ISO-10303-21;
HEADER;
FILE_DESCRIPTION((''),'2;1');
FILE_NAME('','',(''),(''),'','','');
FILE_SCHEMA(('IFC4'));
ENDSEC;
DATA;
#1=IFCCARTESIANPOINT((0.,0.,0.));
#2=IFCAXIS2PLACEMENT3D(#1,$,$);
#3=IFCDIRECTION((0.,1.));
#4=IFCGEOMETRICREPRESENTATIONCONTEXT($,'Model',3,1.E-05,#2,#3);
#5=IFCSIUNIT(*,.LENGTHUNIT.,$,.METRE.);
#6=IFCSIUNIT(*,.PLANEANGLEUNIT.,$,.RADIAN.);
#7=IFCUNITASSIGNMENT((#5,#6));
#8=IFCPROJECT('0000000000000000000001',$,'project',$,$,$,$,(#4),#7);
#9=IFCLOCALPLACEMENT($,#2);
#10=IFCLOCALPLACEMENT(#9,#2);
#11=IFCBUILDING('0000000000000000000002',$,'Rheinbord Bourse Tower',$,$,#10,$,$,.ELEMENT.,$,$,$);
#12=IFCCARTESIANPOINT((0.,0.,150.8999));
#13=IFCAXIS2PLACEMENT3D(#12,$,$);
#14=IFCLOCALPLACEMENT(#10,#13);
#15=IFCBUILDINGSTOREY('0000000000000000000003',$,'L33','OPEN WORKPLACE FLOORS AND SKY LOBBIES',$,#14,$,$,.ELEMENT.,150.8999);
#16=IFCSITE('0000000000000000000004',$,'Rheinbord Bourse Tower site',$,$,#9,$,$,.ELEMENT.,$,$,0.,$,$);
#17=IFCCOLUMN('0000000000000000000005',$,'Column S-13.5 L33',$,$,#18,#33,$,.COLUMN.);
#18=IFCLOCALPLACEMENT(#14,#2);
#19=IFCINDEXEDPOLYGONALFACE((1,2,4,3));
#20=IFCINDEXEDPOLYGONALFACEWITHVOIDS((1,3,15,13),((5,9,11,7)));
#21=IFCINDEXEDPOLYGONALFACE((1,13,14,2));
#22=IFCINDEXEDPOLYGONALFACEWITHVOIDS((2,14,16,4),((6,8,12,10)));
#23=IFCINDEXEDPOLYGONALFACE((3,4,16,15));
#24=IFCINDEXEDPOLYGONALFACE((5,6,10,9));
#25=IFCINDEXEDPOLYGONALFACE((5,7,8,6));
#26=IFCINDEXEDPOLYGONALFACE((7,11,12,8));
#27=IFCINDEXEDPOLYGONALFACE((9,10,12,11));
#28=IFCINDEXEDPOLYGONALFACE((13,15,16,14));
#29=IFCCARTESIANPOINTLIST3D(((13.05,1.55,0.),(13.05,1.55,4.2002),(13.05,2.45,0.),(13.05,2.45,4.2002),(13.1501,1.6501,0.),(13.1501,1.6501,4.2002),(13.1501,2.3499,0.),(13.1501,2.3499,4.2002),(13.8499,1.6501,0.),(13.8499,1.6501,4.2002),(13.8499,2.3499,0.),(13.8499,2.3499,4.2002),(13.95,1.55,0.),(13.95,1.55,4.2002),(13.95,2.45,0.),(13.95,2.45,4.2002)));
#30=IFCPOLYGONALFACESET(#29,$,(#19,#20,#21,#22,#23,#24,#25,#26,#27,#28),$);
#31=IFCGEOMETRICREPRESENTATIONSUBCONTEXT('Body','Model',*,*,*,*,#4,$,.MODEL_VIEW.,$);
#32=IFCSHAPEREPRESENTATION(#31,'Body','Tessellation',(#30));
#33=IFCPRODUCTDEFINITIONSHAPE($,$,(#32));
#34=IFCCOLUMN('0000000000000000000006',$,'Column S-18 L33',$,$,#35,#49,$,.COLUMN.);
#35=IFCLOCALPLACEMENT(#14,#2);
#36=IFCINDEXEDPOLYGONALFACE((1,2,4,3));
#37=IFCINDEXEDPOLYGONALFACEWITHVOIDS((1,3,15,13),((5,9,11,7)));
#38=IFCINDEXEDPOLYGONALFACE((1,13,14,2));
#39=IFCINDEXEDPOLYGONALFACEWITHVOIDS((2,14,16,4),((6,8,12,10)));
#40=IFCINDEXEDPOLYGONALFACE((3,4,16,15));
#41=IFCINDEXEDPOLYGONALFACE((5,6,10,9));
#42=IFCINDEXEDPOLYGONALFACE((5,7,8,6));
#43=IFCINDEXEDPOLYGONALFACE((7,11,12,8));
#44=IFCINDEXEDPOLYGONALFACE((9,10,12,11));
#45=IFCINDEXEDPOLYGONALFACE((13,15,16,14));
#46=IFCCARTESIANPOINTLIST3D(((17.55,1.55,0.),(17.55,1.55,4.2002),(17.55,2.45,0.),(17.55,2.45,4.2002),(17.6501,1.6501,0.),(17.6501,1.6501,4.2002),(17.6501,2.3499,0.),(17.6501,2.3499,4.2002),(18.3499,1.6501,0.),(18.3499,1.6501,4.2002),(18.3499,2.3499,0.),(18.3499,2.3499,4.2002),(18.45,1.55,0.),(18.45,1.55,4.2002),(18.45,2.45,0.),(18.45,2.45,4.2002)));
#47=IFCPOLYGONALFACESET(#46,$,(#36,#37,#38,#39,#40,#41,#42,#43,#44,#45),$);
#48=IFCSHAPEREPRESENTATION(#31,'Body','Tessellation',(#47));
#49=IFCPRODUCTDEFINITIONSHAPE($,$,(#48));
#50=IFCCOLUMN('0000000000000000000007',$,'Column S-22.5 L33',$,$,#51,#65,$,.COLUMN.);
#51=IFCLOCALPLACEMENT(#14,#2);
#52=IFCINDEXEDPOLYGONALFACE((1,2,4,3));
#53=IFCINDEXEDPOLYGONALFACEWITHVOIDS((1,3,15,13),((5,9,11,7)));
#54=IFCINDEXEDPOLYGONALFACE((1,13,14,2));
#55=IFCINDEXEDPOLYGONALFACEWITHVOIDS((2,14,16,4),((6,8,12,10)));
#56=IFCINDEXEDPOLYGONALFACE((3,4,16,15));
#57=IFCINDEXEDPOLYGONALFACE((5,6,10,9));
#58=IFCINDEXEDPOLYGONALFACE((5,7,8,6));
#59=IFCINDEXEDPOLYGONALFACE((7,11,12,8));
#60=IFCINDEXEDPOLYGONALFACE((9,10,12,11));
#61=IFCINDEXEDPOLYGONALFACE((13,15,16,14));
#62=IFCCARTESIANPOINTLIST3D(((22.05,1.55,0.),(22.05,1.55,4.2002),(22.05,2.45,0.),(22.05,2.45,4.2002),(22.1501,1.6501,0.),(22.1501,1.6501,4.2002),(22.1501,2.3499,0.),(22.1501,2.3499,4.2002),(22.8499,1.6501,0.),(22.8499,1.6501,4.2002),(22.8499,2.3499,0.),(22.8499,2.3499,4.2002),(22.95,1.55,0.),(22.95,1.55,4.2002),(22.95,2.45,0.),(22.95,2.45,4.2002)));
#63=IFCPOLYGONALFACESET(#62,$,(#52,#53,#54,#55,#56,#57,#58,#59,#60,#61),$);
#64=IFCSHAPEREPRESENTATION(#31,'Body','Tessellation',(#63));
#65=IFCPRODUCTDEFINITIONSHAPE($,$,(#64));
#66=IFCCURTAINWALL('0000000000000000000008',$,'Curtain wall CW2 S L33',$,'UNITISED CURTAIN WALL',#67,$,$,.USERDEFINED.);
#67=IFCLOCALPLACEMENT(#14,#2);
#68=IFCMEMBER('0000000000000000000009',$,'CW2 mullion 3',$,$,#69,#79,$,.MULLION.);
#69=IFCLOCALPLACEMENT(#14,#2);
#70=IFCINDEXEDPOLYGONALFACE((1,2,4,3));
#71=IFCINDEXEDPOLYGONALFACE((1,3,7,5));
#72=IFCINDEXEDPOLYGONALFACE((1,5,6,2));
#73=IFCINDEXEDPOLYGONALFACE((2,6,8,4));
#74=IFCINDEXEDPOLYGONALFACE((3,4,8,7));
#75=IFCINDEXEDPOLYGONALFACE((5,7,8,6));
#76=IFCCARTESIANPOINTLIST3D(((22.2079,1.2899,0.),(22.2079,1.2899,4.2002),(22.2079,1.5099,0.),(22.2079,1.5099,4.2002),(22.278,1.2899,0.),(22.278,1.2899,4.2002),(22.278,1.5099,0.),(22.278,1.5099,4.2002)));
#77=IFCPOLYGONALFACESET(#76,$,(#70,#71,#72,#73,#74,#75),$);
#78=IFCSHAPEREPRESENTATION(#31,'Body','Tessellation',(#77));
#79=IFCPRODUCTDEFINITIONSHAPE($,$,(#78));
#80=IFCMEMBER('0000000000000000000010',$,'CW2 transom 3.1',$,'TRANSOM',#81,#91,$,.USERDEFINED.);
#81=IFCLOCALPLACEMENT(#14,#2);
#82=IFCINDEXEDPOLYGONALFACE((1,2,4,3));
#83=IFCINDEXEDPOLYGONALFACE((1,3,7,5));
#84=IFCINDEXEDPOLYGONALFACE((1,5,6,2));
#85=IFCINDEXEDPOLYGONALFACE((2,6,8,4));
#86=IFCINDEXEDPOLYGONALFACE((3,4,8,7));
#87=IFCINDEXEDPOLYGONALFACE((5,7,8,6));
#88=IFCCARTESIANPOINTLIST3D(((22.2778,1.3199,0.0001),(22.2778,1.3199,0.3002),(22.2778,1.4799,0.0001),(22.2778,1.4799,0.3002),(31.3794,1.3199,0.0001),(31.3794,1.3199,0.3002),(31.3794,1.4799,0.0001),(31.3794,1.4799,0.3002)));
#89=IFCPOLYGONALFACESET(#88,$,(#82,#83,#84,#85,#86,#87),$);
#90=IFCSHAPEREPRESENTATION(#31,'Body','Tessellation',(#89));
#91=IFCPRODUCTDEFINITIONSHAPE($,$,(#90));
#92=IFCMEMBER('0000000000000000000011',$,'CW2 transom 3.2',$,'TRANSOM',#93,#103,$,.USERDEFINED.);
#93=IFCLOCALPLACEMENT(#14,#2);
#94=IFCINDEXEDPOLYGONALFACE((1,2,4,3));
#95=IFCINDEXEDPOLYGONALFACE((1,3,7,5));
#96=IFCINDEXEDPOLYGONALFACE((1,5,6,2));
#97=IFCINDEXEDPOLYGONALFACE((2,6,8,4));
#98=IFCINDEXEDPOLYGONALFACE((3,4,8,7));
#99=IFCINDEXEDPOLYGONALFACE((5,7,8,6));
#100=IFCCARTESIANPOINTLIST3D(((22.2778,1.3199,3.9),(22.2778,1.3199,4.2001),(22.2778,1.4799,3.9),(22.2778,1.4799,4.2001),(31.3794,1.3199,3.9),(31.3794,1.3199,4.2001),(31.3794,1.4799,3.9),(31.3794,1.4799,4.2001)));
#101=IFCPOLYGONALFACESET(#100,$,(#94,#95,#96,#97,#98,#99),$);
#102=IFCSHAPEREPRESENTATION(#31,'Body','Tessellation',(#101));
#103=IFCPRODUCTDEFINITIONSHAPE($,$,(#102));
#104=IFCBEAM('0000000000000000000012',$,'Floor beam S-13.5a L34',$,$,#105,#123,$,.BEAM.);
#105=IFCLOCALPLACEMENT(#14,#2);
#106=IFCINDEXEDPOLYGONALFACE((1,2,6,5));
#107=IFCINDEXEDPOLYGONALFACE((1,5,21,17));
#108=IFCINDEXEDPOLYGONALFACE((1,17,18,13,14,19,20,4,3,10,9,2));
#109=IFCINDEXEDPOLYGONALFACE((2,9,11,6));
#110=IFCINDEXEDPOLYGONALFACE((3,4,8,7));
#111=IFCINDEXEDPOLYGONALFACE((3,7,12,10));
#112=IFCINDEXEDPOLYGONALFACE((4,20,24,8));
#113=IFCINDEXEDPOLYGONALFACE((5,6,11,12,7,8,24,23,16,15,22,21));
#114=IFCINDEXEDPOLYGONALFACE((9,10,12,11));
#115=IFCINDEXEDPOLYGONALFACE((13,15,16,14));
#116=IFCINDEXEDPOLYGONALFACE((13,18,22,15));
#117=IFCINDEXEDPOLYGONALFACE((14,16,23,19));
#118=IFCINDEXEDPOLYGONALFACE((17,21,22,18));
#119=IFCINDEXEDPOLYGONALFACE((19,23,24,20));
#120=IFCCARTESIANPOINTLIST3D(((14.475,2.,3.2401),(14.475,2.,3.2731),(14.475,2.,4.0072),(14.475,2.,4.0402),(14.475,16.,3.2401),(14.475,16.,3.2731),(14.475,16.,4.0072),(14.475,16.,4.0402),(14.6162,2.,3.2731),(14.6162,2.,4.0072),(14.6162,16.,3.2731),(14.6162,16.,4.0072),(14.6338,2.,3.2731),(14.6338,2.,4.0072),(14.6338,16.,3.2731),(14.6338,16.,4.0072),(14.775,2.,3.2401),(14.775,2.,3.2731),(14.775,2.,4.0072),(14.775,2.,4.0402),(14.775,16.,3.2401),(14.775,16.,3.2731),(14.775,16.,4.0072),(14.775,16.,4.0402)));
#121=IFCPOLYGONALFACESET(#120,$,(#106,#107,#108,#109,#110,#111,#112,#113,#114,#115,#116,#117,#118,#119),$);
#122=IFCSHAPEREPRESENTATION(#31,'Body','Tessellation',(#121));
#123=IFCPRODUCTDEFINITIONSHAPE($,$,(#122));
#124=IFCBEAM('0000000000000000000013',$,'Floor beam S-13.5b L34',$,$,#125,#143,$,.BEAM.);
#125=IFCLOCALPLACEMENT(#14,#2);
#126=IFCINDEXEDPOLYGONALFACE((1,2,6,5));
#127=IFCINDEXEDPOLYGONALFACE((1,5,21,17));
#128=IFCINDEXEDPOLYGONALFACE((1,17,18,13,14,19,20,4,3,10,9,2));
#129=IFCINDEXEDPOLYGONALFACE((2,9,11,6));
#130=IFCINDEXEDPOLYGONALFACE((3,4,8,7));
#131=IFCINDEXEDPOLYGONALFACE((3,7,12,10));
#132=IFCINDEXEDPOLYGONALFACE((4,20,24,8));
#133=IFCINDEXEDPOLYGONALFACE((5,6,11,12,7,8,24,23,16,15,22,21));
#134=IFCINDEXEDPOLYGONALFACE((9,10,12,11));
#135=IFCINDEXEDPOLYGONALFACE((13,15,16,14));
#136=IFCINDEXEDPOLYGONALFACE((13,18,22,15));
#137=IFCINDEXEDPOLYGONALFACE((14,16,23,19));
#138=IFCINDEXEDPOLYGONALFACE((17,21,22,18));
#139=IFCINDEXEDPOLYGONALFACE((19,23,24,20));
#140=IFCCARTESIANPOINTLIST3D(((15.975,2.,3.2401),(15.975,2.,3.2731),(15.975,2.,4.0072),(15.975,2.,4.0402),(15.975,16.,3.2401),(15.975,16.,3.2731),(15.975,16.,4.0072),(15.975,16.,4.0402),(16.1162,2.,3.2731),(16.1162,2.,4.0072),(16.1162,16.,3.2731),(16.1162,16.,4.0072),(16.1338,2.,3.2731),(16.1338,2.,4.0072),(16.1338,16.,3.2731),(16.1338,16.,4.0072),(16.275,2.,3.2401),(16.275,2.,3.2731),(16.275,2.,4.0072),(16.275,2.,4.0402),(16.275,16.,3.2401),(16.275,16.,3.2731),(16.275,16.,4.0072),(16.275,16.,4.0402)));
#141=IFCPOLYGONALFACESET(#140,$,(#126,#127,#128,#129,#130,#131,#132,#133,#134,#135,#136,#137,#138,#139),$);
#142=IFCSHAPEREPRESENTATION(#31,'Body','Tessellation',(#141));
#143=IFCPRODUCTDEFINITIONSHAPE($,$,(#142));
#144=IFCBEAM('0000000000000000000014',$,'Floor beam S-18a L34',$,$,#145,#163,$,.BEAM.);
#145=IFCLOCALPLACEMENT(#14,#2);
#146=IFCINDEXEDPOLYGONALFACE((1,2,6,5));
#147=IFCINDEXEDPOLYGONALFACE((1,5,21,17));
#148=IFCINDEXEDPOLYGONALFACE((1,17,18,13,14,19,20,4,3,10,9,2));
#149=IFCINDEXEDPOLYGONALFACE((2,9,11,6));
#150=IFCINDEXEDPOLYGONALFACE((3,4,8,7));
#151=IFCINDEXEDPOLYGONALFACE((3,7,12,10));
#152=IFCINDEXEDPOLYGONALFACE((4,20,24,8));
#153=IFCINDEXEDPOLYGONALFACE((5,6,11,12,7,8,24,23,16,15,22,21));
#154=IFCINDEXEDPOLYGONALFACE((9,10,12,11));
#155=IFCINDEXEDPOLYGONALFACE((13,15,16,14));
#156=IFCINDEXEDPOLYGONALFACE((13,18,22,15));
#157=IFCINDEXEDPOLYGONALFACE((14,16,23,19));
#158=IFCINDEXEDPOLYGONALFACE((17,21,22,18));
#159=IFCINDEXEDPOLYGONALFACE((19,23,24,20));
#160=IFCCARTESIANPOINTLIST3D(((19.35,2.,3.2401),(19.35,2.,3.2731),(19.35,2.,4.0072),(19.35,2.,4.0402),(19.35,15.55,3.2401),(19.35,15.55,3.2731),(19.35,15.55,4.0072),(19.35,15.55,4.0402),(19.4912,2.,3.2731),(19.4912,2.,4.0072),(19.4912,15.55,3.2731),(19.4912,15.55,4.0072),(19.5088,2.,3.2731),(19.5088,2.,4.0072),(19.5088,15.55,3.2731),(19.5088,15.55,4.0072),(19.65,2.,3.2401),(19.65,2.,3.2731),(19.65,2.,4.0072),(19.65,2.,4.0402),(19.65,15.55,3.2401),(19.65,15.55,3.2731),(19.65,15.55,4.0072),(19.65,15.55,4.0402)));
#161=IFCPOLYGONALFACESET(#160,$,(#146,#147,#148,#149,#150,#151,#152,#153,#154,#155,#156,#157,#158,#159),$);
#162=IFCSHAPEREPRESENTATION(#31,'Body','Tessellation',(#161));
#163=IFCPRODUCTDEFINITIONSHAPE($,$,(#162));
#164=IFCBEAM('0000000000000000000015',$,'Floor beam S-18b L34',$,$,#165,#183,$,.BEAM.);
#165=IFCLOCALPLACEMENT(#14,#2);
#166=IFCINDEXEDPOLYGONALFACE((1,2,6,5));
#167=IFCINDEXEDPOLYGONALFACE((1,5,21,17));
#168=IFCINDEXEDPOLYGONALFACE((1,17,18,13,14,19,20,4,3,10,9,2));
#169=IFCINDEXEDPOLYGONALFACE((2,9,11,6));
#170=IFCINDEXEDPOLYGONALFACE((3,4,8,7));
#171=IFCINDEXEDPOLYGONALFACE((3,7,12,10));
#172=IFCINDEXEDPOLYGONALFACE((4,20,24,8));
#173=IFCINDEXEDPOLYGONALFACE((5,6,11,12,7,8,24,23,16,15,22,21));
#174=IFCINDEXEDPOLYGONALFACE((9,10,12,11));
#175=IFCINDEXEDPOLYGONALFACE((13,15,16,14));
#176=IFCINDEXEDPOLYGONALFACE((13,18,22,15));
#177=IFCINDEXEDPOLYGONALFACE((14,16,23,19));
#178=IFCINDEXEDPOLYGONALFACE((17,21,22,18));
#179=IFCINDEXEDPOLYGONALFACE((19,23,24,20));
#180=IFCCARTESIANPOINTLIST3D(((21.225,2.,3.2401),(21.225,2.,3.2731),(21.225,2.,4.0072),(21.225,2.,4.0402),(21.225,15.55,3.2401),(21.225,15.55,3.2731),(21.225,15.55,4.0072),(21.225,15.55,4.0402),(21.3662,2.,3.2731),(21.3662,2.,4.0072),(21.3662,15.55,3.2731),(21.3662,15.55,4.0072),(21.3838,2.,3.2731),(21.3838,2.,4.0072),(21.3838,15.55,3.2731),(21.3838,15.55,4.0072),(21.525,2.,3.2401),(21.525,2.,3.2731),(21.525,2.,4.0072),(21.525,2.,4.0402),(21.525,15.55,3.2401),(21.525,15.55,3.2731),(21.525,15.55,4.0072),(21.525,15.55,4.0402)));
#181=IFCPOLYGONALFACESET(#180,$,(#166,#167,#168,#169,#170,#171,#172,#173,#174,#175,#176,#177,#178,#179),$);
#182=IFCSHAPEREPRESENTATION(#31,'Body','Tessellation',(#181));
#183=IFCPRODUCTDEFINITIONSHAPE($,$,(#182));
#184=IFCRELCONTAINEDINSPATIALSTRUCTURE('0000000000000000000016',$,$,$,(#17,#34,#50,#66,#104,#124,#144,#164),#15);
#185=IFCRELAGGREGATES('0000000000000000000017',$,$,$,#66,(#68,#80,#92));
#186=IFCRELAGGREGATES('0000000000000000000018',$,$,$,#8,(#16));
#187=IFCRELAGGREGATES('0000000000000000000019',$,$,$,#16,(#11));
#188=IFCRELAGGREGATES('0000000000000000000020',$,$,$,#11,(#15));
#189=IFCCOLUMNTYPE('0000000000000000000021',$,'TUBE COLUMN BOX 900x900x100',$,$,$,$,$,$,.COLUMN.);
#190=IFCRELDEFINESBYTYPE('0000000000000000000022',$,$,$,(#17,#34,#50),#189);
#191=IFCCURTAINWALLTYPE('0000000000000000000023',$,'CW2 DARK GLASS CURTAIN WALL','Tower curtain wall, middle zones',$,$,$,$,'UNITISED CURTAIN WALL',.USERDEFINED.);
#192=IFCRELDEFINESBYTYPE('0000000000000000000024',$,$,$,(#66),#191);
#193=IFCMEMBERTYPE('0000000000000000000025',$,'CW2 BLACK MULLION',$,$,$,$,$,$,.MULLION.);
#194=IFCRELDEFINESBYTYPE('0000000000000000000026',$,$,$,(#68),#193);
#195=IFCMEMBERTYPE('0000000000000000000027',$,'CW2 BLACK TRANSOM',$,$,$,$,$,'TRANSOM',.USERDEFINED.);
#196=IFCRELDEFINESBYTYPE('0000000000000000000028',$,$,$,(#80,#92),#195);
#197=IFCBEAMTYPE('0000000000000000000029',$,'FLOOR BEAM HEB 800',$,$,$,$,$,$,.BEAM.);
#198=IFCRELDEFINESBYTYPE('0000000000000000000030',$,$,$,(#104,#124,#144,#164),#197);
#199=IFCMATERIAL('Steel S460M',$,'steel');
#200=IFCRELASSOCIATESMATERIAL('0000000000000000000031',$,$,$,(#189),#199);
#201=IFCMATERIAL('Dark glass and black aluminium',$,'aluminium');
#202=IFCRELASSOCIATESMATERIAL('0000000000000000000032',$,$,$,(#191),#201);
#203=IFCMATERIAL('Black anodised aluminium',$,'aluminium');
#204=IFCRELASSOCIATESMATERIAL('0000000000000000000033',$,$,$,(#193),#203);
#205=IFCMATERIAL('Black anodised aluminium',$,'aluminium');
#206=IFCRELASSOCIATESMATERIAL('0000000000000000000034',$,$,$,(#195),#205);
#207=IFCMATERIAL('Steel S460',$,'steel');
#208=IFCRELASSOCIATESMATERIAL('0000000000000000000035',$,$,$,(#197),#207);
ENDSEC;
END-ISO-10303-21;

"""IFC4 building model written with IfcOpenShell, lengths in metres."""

from ifc_helpers import new_model, si_unit, direction, frame, origin, origin_2d, place, context, subcontext, project, spatial, rectangle, hollow_rectangle, i_section, extrude, material, material_profile, profile_set, type_object, element, aggregate, save


model = new_model("IFC4")

# Units and contexts
model_context = context("Model", 3, precision=1e-05, world=origin(), true_north=direction((0.0, 1.0)))
body_context = subcontext(model_context, "Body", "Model", "MODEL_VIEW")
ifc_project = project(units=[si_unit("LENGTHUNIT", "METRE"), si_unit("PLANEANGLEUNIT", "RADIAN")], contexts=[model_context])

# Site, building, storey
site_placement = place(None, origin())
site = spatial("IfcSite", under=ifc_project, at=site_placement, Name="Rheinbord Bourse Tower site", CompositionType="ELEMENT", RefElevation=0.0)
building_placement = place(site_placement, origin())
building = spatial("IfcBuilding", under=site, at=building_placement, Name="Rheinbord Bourse Tower", CompositionType="ELEMENT")
storey_placement = place(building_placement, frame((0.0, 0.0, 150.8999)))
storey = spatial("IfcBuildingStorey", under=building, at=storey_placement, Name="L33", Description="OPEN WORKPLACE FLOORS AND SKY LOBBIES", CompositionType="ELEMENT", Elevation=150.8999)

# Columns
ifc_material_1 = material(Name="Steel S460M", Category="steel")
ifc_material_profile_1 = material_profile(ifc_material_1, hollow_rectangle(XDim=0.8999, YDim=0.8999, WallThickness=0.1001, at=origin_2d()), Name="BOX 900x900x100")
ifc_profile_set_1 = profile_set([ifc_material_profile_1], Name="Steel S460M")
column_type = type_object("IfcColumnType", Name="TUBE COLUMN BOX 900x900x100", PredefinedType="COLUMN", material=ifc_profile_set_1)
for number, where, z_axis, x_axis, name in (
    (1, (13.5, 2.0, 0.0), (0.0, 0.0, 1.0), (0.0, 1.0, 0.0), "Column S-13.5 L33"),
    (2, (18.0, 2.0, 0.0), (0.0, 0.0, 1.0), (0.0, 1.0, 0.0), "Column S-18 L33"),
    (3, (22.5, 2.0, 0.0), (0.0, 0.0, 1.0), (0.0, 1.0, 0.0), "Column S-22.5 L33"),
):
    element("IfcColumn", number, at=place(storey_placement, frame(where, z_axis=z_axis, x_axis=x_axis)), inside=storey, type_object=column_type, Name=name, PredefinedType="COLUMN", context=body_context, shape_type="SweptSolid", body=[
        extrude(hollow_rectangle(XDim=0.8999, YDim=0.8999, WallThickness=0.1001, at=origin_2d()), origin(), (0.0, 0.0, 1.0), 4.2002),
    ])

# Curtain wall, members
ifc_material_2 = material(Name="Dark glass and black aluminium", Category="aluminium")
curtain_wall_type = type_object("IfcCurtainWallType", Name="CW2 DARK GLASS CURTAIN WALL", Description="Tower curtain wall, middle zones", ElementType="UNITISED CURTAIN WALL", PredefinedType="USERDEFINED", material=ifc_material_2)
curtain_wall_placement = place(storey_placement, origin())
curtain_wall = element("IfcCurtainWall", 4, at=curtain_wall_placement, inside=storey, type_object=curtain_wall_type, Name="Curtain wall CW2 S L33", ObjectType="UNITISED CURTAIN WALL", PredefinedType="USERDEFINED")
ifc_material_3 = material(Name="Black anodised aluminium", Category="aluminium")
ifc_material_profile_2 = material_profile(ifc_material_3, rectangle(XDim=0.22, YDim=0.0701, at=origin_2d()), Name="CW2 MULLION 70x220")
ifc_profile_set_2 = profile_set([ifc_material_profile_2], Name="Black anodised aluminium")
member_type_1 = type_object("IfcMemberType", Name="CW2 BLACK MULLION", PredefinedType="MULLION", material=ifc_profile_set_2)
member_1_placement = place(storey_placement, frame((22.2429, 1.3999, 0.0), z_axis=(0.0, 0.0, 1.0), x_axis=(0.0, 1.0, 0.0)))
member_1 = element("IfcMember", 5, at=member_1_placement, type_object=member_type_1, Name="CW2 mullion 3", PredefinedType="MULLION", context=body_context, shape_type="SweptSolid", body=[
    extrude(rectangle(XDim=0.22, YDim=0.0701, at=origin_2d()), origin(), (0.0, 0.0, 1.0), 4.2002),
])
ifc_material_4 = material(Name="Black anodised aluminium", Category="aluminium")
ifc_material_profile_3 = material_profile(ifc_material_4, rectangle(XDim=0.1599, YDim=0.3, at=origin_2d()), Name="CW2 TRANSOM 300x160")
ifc_profile_set_3 = profile_set([ifc_material_profile_3], Name="Black anodised aluminium")
member_type_2 = type_object("IfcMemberType", Name="CW2 BLACK TRANSOM", ElementType="TRANSOM", PredefinedType="USERDEFINED", material=ifc_profile_set_3)
member_2_placement = place(storey_placement, frame((22.2778, 1.3999, 0.1501), z_axis=(1.0, 0.0, 0.0), x_axis=(0.0, 1.0, 0.0)))
member_2 = element("IfcMember", 6, at=member_2_placement, type_object=member_type_2, Name="CW2 transom 3.1", ObjectType="TRANSOM", PredefinedType="USERDEFINED", context=body_context, shape_type="SweptSolid", body=[
    extrude(rectangle(XDim=0.1599, YDim=0.3, at=origin_2d()), origin(), (0.0, 0.0, 1.0), 9.1016),
])
member_3_placement = place(storey_placement, frame((22.2778, 1.3999, 4.05), z_axis=(1.0, 0.0, 0.0), x_axis=(0.0, 1.0, 0.0)))
member_3 = element("IfcMember", 7, at=member_3_placement, type_object=member_type_2, Name="CW2 transom 3.2", ObjectType="TRANSOM", PredefinedType="USERDEFINED", context=body_context, shape_type="SweptSolid", body=[
    extrude(rectangle(XDim=0.1599, YDim=0.3, at=origin_2d()), origin(), (0.0, 0.0, 1.0), 9.1016),
])

# Beams
ifc_material_5 = material(Name="Steel S460", Category="steel")
ifc_material_profile_4 = material_profile(ifc_material_5, i_section(OverallWidth=0.3, OverallDepth=0.8, WebThickness=0.0176, FlangeThickness=0.033, at=origin_2d()), Name="HEB 800")
ifc_profile_set_4 = profile_set([ifc_material_profile_4], Name="Steel S460")
beam_type_1 = type_object("IfcBeamType", Name="FLOOR BEAM HEB 800", PredefinedType="BEAM", material=ifc_profile_set_4)
for number, where, z_axis, x_axis, name in (
    (8, (14.625, 2.0, 3.6401), (0.0, 1.0, 0.0), (-1.0, 0.0, 0.0), "Floor beam S-13.5a L34"),
    (9, (16.125, 2.0, 3.6401), (0.0, 1.0, 0.0), (-1.0, 0.0, 0.0), "Floor beam S-13.5b L34"),
):
    element("IfcBeam", number, at=place(storey_placement, frame(where, z_axis=z_axis, x_axis=x_axis)), inside=storey, type_object=beam_type_1, Name=name, PredefinedType="BEAM", context=body_context, shape_type="SweptSolid", body=[
        extrude(i_section(OverallWidth=0.3, OverallDepth=0.8, WebThickness=0.0176, FlangeThickness=0.033, at=origin_2d()), origin(), (0.0, 0.0, 1.0), 14.0),
    ])
for number, where, z_axis, x_axis, name in (
    (10, (19.5, 2.0, 3.6401), (0.0, 1.0, 0.0), (-1.0, 0.0, 0.0), "Floor beam S-18a L34"),
    (11, (21.375, 2.0, 3.6401), (0.0, 1.0, 0.0), (-1.0, 0.0, 0.0), "Floor beam S-18b L34"),
):
    element("IfcBeam", number, at=place(storey_placement, frame(where, z_axis=z_axis, x_axis=x_axis)), inside=storey, type_object=beam_type_1, Name=name, PredefinedType="BEAM", context=body_context, shape_type="SweptSolid", body=[
        extrude(i_section(OverallWidth=0.3, OverallDepth=0.8, WebThickness=0.0176, FlangeThickness=0.033, at=origin_2d()), origin(), (0.0, 0.0, 1.0), 13.55),
    ])

aggregate(curtain_wall, [member_1, member_2, member_3])

save(model, "model.ifc")
